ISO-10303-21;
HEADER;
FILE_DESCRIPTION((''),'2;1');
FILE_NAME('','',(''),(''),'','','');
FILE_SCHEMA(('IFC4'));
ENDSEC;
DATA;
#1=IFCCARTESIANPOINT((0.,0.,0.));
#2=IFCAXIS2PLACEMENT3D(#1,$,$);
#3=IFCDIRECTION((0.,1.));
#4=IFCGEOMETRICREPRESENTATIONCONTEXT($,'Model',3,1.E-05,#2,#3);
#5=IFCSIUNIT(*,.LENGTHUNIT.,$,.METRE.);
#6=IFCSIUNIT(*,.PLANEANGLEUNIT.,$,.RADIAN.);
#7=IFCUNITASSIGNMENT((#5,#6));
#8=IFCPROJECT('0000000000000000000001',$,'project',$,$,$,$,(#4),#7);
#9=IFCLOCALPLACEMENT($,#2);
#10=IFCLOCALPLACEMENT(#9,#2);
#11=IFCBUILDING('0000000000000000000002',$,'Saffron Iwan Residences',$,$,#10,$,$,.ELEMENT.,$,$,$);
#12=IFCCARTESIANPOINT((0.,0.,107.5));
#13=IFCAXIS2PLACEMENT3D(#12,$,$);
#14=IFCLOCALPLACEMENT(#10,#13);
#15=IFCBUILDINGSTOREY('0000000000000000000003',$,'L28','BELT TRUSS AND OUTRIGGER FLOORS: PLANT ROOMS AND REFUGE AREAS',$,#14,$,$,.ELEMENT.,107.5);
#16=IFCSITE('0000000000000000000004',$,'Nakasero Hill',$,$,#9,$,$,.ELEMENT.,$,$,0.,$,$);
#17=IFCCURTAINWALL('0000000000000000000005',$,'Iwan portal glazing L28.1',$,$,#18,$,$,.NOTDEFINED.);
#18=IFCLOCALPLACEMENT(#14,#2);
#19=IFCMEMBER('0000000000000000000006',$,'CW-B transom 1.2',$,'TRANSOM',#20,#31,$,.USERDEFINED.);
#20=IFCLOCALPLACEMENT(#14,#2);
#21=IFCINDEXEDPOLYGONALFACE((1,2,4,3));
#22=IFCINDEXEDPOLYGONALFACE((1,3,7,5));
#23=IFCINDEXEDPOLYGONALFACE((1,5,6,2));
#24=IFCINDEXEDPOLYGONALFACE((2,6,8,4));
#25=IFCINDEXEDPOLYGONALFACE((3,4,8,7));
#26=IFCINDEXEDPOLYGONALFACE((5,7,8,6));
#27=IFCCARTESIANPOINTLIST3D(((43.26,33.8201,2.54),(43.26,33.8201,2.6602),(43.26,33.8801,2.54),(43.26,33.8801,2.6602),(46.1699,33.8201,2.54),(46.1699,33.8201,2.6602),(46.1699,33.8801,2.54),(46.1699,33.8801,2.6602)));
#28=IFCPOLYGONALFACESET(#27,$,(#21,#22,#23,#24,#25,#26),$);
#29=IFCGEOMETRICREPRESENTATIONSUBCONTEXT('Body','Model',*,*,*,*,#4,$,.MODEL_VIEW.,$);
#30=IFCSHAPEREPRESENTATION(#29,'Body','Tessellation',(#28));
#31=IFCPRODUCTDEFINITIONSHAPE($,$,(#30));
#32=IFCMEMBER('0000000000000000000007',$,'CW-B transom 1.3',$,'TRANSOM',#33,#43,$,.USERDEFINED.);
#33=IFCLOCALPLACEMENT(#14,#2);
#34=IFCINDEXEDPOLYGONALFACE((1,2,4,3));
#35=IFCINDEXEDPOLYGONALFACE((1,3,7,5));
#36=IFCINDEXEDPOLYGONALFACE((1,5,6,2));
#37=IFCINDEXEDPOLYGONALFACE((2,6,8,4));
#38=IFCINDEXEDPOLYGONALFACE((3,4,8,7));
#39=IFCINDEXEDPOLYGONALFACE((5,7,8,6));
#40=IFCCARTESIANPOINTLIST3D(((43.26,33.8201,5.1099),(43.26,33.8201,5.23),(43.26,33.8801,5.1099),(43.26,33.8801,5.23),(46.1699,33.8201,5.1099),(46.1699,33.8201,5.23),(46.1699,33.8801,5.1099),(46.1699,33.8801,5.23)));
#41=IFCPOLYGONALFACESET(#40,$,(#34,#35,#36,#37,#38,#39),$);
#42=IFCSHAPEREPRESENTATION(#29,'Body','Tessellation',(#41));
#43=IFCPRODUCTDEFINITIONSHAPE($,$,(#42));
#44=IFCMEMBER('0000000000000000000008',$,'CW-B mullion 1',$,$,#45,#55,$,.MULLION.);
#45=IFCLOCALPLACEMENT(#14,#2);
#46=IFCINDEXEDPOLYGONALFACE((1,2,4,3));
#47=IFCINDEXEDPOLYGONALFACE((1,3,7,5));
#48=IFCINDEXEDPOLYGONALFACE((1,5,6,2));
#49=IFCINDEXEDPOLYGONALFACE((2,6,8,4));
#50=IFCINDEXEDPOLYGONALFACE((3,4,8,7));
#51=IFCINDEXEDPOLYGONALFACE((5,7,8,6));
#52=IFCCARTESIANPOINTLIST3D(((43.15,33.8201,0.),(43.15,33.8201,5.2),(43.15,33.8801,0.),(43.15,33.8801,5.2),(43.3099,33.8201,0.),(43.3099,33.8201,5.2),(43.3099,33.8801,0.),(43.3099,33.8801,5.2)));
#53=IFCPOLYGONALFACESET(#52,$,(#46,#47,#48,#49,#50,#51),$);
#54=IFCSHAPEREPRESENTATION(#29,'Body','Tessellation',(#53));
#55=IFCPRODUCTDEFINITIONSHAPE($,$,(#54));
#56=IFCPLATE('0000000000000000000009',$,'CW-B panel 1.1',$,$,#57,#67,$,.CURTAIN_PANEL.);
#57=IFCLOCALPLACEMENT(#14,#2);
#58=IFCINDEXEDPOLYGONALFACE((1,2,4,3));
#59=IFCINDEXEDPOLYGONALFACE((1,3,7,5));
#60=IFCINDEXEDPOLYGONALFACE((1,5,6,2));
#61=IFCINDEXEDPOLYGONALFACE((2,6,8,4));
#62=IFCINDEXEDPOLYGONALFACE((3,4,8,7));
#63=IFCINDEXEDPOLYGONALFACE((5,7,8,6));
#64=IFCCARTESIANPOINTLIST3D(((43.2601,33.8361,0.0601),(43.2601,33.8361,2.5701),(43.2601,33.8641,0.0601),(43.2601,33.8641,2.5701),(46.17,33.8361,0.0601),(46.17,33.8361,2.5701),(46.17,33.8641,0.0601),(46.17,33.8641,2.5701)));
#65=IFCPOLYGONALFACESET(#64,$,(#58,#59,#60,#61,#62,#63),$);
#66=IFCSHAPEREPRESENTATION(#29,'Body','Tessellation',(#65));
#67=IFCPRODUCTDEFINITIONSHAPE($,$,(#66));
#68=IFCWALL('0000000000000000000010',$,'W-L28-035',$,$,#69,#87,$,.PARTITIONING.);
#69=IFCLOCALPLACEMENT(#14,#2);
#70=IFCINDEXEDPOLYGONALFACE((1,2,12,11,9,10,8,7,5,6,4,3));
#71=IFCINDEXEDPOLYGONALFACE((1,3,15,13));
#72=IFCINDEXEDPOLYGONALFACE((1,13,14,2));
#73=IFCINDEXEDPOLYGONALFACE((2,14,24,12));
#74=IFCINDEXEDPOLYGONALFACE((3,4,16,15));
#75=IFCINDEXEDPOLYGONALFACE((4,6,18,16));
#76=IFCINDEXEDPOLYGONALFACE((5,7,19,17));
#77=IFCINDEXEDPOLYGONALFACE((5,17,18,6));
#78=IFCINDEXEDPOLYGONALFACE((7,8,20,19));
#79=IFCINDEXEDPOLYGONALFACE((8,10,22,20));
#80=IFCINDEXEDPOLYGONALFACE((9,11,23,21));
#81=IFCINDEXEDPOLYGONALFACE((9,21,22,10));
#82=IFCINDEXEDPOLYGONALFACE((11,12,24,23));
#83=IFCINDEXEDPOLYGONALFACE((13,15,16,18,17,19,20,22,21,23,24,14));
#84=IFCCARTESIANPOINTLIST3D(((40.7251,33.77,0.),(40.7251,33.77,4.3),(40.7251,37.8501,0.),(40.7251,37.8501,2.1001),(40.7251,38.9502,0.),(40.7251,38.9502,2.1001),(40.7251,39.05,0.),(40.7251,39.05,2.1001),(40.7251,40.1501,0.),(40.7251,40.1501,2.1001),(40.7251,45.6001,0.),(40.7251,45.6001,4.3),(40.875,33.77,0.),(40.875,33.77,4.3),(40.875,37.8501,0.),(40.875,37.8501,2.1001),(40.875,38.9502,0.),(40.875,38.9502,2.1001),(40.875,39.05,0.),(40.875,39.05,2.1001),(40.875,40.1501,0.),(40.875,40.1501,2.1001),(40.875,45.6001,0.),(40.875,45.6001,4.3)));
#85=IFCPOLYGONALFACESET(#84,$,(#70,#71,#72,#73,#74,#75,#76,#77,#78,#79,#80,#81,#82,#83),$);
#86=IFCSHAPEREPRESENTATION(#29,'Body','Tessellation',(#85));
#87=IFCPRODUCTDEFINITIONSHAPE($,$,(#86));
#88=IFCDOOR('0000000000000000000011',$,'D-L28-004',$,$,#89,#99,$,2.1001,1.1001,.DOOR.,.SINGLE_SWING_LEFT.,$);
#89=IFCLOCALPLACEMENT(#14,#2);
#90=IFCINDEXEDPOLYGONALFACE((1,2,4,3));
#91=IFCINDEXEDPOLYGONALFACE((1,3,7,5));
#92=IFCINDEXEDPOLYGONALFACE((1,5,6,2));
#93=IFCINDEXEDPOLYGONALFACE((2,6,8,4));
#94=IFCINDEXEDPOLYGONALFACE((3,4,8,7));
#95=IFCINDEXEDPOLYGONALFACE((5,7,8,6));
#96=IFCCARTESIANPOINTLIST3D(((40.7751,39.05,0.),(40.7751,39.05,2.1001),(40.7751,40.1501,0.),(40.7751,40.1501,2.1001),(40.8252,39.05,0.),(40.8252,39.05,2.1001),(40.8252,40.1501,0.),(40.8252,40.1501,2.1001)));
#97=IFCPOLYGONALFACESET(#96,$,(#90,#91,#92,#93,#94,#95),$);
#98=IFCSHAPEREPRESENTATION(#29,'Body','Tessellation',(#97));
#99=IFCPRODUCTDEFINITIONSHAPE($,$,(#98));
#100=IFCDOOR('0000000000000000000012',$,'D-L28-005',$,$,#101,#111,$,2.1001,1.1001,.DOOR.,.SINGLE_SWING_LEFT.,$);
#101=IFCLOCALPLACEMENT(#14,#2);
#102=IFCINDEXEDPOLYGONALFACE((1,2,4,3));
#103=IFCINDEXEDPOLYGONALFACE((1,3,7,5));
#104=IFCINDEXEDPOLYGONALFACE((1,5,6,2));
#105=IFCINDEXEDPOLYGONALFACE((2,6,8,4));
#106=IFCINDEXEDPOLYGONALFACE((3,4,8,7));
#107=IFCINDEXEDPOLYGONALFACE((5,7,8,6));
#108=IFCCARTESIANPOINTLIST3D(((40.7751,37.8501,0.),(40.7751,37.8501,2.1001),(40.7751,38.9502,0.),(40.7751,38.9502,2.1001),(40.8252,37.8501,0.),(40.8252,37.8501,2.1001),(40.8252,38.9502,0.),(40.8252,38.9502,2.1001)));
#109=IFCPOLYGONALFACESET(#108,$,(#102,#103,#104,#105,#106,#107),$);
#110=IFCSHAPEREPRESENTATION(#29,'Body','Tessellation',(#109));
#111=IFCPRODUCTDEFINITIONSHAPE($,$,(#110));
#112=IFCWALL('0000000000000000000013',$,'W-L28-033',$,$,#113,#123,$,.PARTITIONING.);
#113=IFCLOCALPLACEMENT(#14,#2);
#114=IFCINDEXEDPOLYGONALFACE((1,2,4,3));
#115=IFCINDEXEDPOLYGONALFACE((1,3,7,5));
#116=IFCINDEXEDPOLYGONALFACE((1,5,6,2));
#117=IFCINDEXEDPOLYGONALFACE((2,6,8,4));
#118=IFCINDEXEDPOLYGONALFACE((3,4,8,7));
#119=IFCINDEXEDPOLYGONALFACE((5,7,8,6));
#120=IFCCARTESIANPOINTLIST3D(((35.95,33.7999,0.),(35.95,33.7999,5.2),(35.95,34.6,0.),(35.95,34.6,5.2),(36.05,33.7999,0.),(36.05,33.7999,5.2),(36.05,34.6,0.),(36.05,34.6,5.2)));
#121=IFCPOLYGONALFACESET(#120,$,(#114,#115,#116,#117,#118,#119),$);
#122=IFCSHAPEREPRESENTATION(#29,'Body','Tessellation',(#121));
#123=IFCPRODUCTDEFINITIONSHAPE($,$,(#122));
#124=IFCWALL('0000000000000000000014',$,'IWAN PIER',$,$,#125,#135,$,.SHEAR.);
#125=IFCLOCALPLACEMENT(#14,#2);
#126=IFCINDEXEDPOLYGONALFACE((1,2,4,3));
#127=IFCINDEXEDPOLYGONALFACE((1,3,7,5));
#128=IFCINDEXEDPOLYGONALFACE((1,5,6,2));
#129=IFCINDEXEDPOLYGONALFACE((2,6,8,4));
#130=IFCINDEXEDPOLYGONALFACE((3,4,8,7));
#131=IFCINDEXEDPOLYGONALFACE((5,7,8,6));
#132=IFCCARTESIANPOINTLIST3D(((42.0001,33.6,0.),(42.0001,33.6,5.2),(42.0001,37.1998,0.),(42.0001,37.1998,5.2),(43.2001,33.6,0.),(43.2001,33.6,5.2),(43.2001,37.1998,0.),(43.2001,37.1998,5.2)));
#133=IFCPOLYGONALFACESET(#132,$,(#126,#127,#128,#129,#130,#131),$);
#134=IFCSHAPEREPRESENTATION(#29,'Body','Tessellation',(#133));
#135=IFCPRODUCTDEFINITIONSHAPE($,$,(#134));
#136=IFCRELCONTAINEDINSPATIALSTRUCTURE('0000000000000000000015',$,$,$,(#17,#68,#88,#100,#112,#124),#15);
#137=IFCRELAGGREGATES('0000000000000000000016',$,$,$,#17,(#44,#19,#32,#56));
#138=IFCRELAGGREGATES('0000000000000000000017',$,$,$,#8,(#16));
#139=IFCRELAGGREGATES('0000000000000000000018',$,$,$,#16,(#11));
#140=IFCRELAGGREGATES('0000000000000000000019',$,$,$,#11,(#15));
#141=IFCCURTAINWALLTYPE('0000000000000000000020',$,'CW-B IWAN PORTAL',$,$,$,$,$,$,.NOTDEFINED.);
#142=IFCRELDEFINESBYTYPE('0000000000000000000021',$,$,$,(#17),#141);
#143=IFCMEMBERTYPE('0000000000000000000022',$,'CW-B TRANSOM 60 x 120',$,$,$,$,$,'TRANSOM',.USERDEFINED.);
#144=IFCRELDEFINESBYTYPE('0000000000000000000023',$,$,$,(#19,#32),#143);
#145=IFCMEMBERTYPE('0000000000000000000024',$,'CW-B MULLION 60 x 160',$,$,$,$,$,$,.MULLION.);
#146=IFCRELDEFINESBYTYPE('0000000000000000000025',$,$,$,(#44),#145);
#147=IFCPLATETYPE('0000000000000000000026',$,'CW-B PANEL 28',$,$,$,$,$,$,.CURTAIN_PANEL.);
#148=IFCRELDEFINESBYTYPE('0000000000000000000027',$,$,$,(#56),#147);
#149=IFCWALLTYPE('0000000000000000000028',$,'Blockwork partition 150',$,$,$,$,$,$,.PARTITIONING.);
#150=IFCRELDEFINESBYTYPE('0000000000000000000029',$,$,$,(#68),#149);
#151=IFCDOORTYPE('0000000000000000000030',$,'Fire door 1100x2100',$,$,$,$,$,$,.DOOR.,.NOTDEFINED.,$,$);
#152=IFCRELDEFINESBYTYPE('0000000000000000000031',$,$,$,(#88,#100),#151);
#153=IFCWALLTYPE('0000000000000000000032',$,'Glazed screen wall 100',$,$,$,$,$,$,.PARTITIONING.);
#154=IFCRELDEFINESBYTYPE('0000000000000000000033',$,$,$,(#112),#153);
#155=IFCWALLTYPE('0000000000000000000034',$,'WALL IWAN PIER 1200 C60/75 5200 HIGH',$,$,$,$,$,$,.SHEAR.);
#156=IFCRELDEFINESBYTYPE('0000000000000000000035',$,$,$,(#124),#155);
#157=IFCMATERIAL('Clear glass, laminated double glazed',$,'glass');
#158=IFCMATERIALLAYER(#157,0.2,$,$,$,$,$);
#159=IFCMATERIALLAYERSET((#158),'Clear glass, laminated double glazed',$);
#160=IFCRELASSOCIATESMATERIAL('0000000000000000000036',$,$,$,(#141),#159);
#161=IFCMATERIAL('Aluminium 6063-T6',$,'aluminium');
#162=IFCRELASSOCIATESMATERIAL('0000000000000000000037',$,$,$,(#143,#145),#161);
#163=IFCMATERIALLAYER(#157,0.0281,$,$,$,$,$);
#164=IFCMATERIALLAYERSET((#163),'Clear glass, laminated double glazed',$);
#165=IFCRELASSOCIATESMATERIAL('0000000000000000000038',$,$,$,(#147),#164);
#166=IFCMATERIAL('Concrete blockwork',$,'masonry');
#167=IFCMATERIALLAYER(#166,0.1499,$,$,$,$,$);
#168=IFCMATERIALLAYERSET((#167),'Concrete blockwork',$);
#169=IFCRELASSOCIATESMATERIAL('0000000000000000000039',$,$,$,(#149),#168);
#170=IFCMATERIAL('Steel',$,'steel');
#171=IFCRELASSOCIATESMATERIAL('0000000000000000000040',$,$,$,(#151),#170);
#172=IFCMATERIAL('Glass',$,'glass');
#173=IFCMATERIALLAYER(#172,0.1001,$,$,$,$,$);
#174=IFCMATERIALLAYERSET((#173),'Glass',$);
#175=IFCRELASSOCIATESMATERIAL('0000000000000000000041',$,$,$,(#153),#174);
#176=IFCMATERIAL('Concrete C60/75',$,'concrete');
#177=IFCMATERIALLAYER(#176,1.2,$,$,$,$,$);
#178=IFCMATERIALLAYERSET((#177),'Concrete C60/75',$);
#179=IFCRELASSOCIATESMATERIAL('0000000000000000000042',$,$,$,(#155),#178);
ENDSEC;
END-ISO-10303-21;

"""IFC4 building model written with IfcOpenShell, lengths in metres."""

from ifc_helpers import new_model, si_unit, direction, frame, frame_2d, origin, origin_2d, place, context, subcontext, project, spatial, rectangle, extrude, source, transform, mapped, material, layer, layer_set, material_profile, profile_set, type_object, element, fill, aggregate, save


model = new_model("IFC4")

# Units and contexts
model_context = context("Model", 3, precision=1e-05, world=origin(), true_north=direction((0.0, 1.0)))
body_context = subcontext(model_context, "Body", "Model", "MODEL_VIEW")
ifc_project = project(units=[si_unit("LENGTHUNIT", "METRE"), si_unit("PLANEANGLEUNIT", "RADIAN")], contexts=[model_context])

# Site, building, storey
site_placement = place(None, origin())
site = spatial("IfcSite", under=ifc_project, at=site_placement, Name="Nakasero Hill", CompositionType="ELEMENT", RefElevation=0.0)
building_placement = place(site_placement, origin())
building = spatial("IfcBuilding", under=site, at=building_placement, Name="Saffron Iwan Residences", CompositionType="ELEMENT")
storey_placement = place(building_placement, frame((0.0, 0.0, 107.5)))
storey = spatial("IfcBuildingStorey", under=building, at=storey_placement, Name="L28", Description="BELT TRUSS AND OUTRIGGER FLOORS: PLANT ROOMS AND REFUGE AREAS", CompositionType="ELEMENT", Elevation=107.5)

# Shared definitions
ifc_material_1 = material(Name="Concrete C60/75", Category="concrete")

# Curtain wall, members, plate
ifc_material_2 = material(Name="Clear glass, laminated double glazed", Category="glass")
ifc_layer_1 = layer(ifc_material_2, 0.2)
ifc_layer_set_1 = layer_set([ifc_layer_1], Name="Clear glass, laminated double glazed")
curtain_wall_type = type_object("IfcCurtainWallType", Name="CW-B IWAN PORTAL", PredefinedType="NOTDEFINED", material=ifc_layer_set_1)
curtain_wall_placement = place(storey_placement, origin())
curtain_wall = element("IfcCurtainWall", 1, at=curtain_wall_placement, inside=storey, type_object=curtain_wall_type, Name="Iwan portal glazing L28.1", PredefinedType="NOTDEFINED")
ifc_material_3 = material(Name="Aluminium 6063-T6", Category="aluminium")
ifc_material_profile_1 = material_profile(ifc_material_3, rectangle(XDim=0.0601, YDim=0.1201, at=origin_2d()), Name="CW-B TRANSOM 60 x 120")
ifc_profile_set_1 = profile_set([ifc_material_profile_1], Name="Aluminium 6063-T6")
member_type_1 = type_object("IfcMemberType", Name="CW-B TRANSOM 60 x 120", ElementType="TRANSOM", PredefinedType="USERDEFINED", material=ifc_profile_set_1)
shared_shape_1 = source(origin(), body_context, "Body", "SweptSolid", [
    extrude(rectangle(XDim=0.0601, YDim=0.1201, at=origin_2d()), origin(), (0.0, 0.0, 1.0), 2.9099),
])
member_1_placement = place(storey_placement, frame((43.26, 33.8501, 2.6001), z_axis=(1.0, 0.0, 0.0), x_axis=(0.0, 1.0, 0.0)))
member_1 = element("IfcMember", 2, at=member_1_placement, type_object=member_type_1, Name="CW-B transom 1.2", ObjectType="TRANSOM", PredefinedType="USERDEFINED", context=body_context, shape_type="MappedRepresentation", body=[
    mapped(shared_shape_1, transform((0.0, 0.0, 0.0))),
])
member_2_placement = place(storey_placement, frame((43.26, 33.8501, 5.1699), z_axis=(1.0, 0.0, 0.0), x_axis=(0.0, 1.0, 0.0)))
member_2 = element("IfcMember", 3, at=member_2_placement, type_object=member_type_1, Name="CW-B transom 1.3", ObjectType="TRANSOM", PredefinedType="USERDEFINED", context=body_context, shape_type="MappedRepresentation", body=[
    mapped(shared_shape_1, transform((0.0, 0.0, 0.0))),
])
ifc_material_profile_2 = material_profile(ifc_material_3, rectangle(XDim=0.0601, YDim=0.1599, at=origin_2d()), Name="CW-B MULLION 60 x 160")
ifc_profile_set_2 = profile_set([ifc_material_profile_2], Name="Aluminium 6063-T6")
member_type_2 = type_object("IfcMemberType", Name="CW-B MULLION 60 x 160", PredefinedType="MULLION", material=ifc_profile_set_2)
shared_shape_2 = source(origin(), body_context, "Body", "SweptSolid", [
    extrude(rectangle(XDim=0.0601, YDim=0.1599, at=origin_2d()), origin(), (0.0, 0.0, 1.0), 5.2),
])
member_3_placement = place(storey_placement, frame((43.23, 33.8501, 0.0), z_axis=(0.0, 0.0, 1.0), x_axis=(0.0, 1.0, 0.0)))
member_3 = element("IfcMember", 4, at=member_3_placement, type_object=member_type_2, Name="CW-B mullion 1", PredefinedType="MULLION", context=body_context, shape_type="MappedRepresentation", body=[
    mapped(shared_shape_2, transform((0.0, 0.0, 0.0))),
])
ifc_layer_2 = layer(ifc_material_2, 0.0281)
ifc_layer_set_2 = layer_set([ifc_layer_2], Name="Clear glass, laminated double glazed")
plate_type = type_object("IfcPlateType", Name="CW-B PANEL 28", PredefinedType="CURTAIN_PANEL", material=ifc_layer_set_2)
shared_shape_3 = source(origin(), body_context, "Body", "SweptSolid", [
    extrude(rectangle(XDim=2.9099, YDim=0.0281, at=origin_2d()), origin(), (0.0, 0.0, 1.0), 2.51),
])
plate_placement = place(storey_placement, frame((44.7151, 33.8501, 0.0601), z_axis=(0.0, 0.0, 1.0), x_axis=(1.0, 0.0, 0.0)))
plate = element("IfcPlate", 5, at=plate_placement, type_object=plate_type, Name="CW-B panel 1.1", PredefinedType="CURTAIN_PANEL", context=body_context, shape_type="MappedRepresentation", body=[
    mapped(shared_shape_3, transform((0.0, 0.0, 0.0))),
])
aggregate(curtain_wall, [member_3, member_1, member_2, plate])

# Wall, openings, doors
ifc_material_4 = material(Name="Concrete blockwork", Category="masonry")
ifc_layer_3 = layer(ifc_material_4, 0.1499)
ifc_layer_set_3 = layer_set([ifc_layer_3], Name="Concrete blockwork")
wall_type_1 = type_object("IfcWallType", Name="Blockwork partition 150", PredefinedType="PARTITIONING", material=ifc_layer_set_3)
wall_1_placement = place(storey_placement, frame((40.8, 33.77, 0.0), z_axis=(0.0, 0.0, 1.0), x_axis=(0.0, 1.0, 0.0)))
wall_1 = element("IfcWall", 6, at=wall_1_placement, inside=storey, type_object=wall_type_1, Name="W-L28-035", PredefinedType="PARTITIONING", context=body_context, shape_type="SweptSolid", body=[
    extrude(rectangle(XDim=11.8301, YDim=0.1499, at=frame_2d((5.915, 0.0))), origin(), (0.0, 0.0, 1.0), 4.3),
])
opening_1_placement = place(wall_1_placement, frame((5.28, 0.0, 0.0)))
opening_1 = element("IfcOpeningElement", 7, at=opening_1_placement, cuts=wall_1, PredefinedType="OPENING", context=body_context, shape_type="SweptSolid", body=[
    extrude(rectangle(XDim=1.1001, YDim=2.1001, at=frame_2d((0.55, 1.05))), frame((0.0, 0.085, 0.0), z_axis=(0.0, -1.0, 0.0), x_axis=(1.0, 0.0, 0.0)), (0.0, 0.0, 1.0), 0.1699),
])
opening_2_placement = place(wall_1_placement, frame((4.0801, 0.0, 0.0)))
opening_2 = element("IfcOpeningElement", 8, at=opening_2_placement, cuts=wall_1, PredefinedType="OPENING", context=body_context, shape_type="SweptSolid", body=[
    extrude(rectangle(XDim=1.1001, YDim=2.1001, at=frame_2d((0.55, 1.05))), frame((0.0, 0.085, 0.0), z_axis=(0.0, -1.0, 0.0), x_axis=(1.0, 0.0, 0.0)), (0.0, 0.0, 1.0), 0.1699),
])
ifc_material_5 = material(Name="Steel", Category="steel")
door_type = type_object("IfcDoorType", Name="Fire door 1100x2100", OperationType="NOTDEFINED", PredefinedType="DOOR", material=ifc_material_5)
door_1_placement = place(opening_1_placement, origin())
door_1 = element("IfcDoor", 9, at=door_1_placement, inside=storey, type_object=door_type, Name="D-L28-004", OperationType="SINGLE_SWING_LEFT", OverallHeight=2.1001, OverallWidth=1.1001, PredefinedType="DOOR", context=body_context, shape_type="SweptSolid", body=[
    extrude(rectangle(XDim=1.1001, YDim=2.1001, at=frame_2d((0.55, 1.05))), frame((0.0, 0.0249, 0.0), z_axis=(0.0, -1.0, 0.0), x_axis=(1.0, 0.0, 0.0)), (0.0, 0.0, 1.0), 0.05),
])
fill(opening_1, door_1)
door_2_placement = place(opening_2_placement, origin())
door_2 = element("IfcDoor", 10, at=door_2_placement, inside=storey, type_object=door_type, Name="D-L28-005", OperationType="SINGLE_SWING_LEFT", OverallHeight=2.1001, OverallWidth=1.1001, PredefinedType="DOOR", context=body_context, shape_type="SweptSolid", body=[
    extrude(rectangle(XDim=1.1001, YDim=2.1001, at=frame_2d((0.55, 1.05))), frame((0.0, 0.0249, 0.0), z_axis=(0.0, -1.0, 0.0), x_axis=(1.0, 0.0, 0.0)), (0.0, 0.0, 1.0), 0.05),
])
fill(opening_2, door_2)

# Walls
ifc_material_6 = material(Name="Glass", Category="glass")
ifc_layer_4 = layer(ifc_material_6, 0.1001)
ifc_layer_set_4 = layer_set([ifc_layer_4], Name="Glass")
wall_type_2 = type_object("IfcWallType", Name="Glazed screen wall 100", PredefinedType="PARTITIONING", material=ifc_layer_set_4)
wall_2_placement = place(storey_placement, frame((36.0, 33.8, 0.0), z_axis=(0.0, 0.0, 1.0), x_axis=(0.0, 1.0, 0.0)))
element("IfcWall", 11, at=wall_2_placement, inside=storey, type_object=wall_type_2, Name="W-L28-033", PredefinedType="PARTITIONING", context=body_context, shape_type="SweptSolid", body=[
    extrude(rectangle(XDim=0.8, YDim=0.1001, at=frame_2d((0.3999, 0.0))), origin(), (0.0, 0.0, 1.0), 5.2),
])
ifc_layer_5 = layer(ifc_material_1, 1.2)
ifc_layer_set_5 = layer_set([ifc_layer_5], Name="Concrete C60/75")
wall_type_3 = type_object("IfcWallType", Name="WALL IWAN PIER 1200 C60/75 5200 HIGH", PredefinedType="SHEAR", material=ifc_layer_set_5)
wall_3_placement = place(storey_placement, frame((42.6001, 33.6001, 0.0), z_axis=(0.0, 0.0, 1.0), x_axis=(0.0, 1.0, 0.0)))
element("IfcWall", 12, at=wall_3_placement, inside=storey, type_object=wall_type_3, Name="IWAN PIER", PredefinedType="SHEAR", context=body_context, shape_type="SweptSolid", body=[
    extrude(rectangle(XDim=3.5999, YDim=1.2, at=frame_2d((1.7998, 0.0))), origin(), (0.0, 0.0, 1.0), 5.2),
])

save(model, "model.ifc")
